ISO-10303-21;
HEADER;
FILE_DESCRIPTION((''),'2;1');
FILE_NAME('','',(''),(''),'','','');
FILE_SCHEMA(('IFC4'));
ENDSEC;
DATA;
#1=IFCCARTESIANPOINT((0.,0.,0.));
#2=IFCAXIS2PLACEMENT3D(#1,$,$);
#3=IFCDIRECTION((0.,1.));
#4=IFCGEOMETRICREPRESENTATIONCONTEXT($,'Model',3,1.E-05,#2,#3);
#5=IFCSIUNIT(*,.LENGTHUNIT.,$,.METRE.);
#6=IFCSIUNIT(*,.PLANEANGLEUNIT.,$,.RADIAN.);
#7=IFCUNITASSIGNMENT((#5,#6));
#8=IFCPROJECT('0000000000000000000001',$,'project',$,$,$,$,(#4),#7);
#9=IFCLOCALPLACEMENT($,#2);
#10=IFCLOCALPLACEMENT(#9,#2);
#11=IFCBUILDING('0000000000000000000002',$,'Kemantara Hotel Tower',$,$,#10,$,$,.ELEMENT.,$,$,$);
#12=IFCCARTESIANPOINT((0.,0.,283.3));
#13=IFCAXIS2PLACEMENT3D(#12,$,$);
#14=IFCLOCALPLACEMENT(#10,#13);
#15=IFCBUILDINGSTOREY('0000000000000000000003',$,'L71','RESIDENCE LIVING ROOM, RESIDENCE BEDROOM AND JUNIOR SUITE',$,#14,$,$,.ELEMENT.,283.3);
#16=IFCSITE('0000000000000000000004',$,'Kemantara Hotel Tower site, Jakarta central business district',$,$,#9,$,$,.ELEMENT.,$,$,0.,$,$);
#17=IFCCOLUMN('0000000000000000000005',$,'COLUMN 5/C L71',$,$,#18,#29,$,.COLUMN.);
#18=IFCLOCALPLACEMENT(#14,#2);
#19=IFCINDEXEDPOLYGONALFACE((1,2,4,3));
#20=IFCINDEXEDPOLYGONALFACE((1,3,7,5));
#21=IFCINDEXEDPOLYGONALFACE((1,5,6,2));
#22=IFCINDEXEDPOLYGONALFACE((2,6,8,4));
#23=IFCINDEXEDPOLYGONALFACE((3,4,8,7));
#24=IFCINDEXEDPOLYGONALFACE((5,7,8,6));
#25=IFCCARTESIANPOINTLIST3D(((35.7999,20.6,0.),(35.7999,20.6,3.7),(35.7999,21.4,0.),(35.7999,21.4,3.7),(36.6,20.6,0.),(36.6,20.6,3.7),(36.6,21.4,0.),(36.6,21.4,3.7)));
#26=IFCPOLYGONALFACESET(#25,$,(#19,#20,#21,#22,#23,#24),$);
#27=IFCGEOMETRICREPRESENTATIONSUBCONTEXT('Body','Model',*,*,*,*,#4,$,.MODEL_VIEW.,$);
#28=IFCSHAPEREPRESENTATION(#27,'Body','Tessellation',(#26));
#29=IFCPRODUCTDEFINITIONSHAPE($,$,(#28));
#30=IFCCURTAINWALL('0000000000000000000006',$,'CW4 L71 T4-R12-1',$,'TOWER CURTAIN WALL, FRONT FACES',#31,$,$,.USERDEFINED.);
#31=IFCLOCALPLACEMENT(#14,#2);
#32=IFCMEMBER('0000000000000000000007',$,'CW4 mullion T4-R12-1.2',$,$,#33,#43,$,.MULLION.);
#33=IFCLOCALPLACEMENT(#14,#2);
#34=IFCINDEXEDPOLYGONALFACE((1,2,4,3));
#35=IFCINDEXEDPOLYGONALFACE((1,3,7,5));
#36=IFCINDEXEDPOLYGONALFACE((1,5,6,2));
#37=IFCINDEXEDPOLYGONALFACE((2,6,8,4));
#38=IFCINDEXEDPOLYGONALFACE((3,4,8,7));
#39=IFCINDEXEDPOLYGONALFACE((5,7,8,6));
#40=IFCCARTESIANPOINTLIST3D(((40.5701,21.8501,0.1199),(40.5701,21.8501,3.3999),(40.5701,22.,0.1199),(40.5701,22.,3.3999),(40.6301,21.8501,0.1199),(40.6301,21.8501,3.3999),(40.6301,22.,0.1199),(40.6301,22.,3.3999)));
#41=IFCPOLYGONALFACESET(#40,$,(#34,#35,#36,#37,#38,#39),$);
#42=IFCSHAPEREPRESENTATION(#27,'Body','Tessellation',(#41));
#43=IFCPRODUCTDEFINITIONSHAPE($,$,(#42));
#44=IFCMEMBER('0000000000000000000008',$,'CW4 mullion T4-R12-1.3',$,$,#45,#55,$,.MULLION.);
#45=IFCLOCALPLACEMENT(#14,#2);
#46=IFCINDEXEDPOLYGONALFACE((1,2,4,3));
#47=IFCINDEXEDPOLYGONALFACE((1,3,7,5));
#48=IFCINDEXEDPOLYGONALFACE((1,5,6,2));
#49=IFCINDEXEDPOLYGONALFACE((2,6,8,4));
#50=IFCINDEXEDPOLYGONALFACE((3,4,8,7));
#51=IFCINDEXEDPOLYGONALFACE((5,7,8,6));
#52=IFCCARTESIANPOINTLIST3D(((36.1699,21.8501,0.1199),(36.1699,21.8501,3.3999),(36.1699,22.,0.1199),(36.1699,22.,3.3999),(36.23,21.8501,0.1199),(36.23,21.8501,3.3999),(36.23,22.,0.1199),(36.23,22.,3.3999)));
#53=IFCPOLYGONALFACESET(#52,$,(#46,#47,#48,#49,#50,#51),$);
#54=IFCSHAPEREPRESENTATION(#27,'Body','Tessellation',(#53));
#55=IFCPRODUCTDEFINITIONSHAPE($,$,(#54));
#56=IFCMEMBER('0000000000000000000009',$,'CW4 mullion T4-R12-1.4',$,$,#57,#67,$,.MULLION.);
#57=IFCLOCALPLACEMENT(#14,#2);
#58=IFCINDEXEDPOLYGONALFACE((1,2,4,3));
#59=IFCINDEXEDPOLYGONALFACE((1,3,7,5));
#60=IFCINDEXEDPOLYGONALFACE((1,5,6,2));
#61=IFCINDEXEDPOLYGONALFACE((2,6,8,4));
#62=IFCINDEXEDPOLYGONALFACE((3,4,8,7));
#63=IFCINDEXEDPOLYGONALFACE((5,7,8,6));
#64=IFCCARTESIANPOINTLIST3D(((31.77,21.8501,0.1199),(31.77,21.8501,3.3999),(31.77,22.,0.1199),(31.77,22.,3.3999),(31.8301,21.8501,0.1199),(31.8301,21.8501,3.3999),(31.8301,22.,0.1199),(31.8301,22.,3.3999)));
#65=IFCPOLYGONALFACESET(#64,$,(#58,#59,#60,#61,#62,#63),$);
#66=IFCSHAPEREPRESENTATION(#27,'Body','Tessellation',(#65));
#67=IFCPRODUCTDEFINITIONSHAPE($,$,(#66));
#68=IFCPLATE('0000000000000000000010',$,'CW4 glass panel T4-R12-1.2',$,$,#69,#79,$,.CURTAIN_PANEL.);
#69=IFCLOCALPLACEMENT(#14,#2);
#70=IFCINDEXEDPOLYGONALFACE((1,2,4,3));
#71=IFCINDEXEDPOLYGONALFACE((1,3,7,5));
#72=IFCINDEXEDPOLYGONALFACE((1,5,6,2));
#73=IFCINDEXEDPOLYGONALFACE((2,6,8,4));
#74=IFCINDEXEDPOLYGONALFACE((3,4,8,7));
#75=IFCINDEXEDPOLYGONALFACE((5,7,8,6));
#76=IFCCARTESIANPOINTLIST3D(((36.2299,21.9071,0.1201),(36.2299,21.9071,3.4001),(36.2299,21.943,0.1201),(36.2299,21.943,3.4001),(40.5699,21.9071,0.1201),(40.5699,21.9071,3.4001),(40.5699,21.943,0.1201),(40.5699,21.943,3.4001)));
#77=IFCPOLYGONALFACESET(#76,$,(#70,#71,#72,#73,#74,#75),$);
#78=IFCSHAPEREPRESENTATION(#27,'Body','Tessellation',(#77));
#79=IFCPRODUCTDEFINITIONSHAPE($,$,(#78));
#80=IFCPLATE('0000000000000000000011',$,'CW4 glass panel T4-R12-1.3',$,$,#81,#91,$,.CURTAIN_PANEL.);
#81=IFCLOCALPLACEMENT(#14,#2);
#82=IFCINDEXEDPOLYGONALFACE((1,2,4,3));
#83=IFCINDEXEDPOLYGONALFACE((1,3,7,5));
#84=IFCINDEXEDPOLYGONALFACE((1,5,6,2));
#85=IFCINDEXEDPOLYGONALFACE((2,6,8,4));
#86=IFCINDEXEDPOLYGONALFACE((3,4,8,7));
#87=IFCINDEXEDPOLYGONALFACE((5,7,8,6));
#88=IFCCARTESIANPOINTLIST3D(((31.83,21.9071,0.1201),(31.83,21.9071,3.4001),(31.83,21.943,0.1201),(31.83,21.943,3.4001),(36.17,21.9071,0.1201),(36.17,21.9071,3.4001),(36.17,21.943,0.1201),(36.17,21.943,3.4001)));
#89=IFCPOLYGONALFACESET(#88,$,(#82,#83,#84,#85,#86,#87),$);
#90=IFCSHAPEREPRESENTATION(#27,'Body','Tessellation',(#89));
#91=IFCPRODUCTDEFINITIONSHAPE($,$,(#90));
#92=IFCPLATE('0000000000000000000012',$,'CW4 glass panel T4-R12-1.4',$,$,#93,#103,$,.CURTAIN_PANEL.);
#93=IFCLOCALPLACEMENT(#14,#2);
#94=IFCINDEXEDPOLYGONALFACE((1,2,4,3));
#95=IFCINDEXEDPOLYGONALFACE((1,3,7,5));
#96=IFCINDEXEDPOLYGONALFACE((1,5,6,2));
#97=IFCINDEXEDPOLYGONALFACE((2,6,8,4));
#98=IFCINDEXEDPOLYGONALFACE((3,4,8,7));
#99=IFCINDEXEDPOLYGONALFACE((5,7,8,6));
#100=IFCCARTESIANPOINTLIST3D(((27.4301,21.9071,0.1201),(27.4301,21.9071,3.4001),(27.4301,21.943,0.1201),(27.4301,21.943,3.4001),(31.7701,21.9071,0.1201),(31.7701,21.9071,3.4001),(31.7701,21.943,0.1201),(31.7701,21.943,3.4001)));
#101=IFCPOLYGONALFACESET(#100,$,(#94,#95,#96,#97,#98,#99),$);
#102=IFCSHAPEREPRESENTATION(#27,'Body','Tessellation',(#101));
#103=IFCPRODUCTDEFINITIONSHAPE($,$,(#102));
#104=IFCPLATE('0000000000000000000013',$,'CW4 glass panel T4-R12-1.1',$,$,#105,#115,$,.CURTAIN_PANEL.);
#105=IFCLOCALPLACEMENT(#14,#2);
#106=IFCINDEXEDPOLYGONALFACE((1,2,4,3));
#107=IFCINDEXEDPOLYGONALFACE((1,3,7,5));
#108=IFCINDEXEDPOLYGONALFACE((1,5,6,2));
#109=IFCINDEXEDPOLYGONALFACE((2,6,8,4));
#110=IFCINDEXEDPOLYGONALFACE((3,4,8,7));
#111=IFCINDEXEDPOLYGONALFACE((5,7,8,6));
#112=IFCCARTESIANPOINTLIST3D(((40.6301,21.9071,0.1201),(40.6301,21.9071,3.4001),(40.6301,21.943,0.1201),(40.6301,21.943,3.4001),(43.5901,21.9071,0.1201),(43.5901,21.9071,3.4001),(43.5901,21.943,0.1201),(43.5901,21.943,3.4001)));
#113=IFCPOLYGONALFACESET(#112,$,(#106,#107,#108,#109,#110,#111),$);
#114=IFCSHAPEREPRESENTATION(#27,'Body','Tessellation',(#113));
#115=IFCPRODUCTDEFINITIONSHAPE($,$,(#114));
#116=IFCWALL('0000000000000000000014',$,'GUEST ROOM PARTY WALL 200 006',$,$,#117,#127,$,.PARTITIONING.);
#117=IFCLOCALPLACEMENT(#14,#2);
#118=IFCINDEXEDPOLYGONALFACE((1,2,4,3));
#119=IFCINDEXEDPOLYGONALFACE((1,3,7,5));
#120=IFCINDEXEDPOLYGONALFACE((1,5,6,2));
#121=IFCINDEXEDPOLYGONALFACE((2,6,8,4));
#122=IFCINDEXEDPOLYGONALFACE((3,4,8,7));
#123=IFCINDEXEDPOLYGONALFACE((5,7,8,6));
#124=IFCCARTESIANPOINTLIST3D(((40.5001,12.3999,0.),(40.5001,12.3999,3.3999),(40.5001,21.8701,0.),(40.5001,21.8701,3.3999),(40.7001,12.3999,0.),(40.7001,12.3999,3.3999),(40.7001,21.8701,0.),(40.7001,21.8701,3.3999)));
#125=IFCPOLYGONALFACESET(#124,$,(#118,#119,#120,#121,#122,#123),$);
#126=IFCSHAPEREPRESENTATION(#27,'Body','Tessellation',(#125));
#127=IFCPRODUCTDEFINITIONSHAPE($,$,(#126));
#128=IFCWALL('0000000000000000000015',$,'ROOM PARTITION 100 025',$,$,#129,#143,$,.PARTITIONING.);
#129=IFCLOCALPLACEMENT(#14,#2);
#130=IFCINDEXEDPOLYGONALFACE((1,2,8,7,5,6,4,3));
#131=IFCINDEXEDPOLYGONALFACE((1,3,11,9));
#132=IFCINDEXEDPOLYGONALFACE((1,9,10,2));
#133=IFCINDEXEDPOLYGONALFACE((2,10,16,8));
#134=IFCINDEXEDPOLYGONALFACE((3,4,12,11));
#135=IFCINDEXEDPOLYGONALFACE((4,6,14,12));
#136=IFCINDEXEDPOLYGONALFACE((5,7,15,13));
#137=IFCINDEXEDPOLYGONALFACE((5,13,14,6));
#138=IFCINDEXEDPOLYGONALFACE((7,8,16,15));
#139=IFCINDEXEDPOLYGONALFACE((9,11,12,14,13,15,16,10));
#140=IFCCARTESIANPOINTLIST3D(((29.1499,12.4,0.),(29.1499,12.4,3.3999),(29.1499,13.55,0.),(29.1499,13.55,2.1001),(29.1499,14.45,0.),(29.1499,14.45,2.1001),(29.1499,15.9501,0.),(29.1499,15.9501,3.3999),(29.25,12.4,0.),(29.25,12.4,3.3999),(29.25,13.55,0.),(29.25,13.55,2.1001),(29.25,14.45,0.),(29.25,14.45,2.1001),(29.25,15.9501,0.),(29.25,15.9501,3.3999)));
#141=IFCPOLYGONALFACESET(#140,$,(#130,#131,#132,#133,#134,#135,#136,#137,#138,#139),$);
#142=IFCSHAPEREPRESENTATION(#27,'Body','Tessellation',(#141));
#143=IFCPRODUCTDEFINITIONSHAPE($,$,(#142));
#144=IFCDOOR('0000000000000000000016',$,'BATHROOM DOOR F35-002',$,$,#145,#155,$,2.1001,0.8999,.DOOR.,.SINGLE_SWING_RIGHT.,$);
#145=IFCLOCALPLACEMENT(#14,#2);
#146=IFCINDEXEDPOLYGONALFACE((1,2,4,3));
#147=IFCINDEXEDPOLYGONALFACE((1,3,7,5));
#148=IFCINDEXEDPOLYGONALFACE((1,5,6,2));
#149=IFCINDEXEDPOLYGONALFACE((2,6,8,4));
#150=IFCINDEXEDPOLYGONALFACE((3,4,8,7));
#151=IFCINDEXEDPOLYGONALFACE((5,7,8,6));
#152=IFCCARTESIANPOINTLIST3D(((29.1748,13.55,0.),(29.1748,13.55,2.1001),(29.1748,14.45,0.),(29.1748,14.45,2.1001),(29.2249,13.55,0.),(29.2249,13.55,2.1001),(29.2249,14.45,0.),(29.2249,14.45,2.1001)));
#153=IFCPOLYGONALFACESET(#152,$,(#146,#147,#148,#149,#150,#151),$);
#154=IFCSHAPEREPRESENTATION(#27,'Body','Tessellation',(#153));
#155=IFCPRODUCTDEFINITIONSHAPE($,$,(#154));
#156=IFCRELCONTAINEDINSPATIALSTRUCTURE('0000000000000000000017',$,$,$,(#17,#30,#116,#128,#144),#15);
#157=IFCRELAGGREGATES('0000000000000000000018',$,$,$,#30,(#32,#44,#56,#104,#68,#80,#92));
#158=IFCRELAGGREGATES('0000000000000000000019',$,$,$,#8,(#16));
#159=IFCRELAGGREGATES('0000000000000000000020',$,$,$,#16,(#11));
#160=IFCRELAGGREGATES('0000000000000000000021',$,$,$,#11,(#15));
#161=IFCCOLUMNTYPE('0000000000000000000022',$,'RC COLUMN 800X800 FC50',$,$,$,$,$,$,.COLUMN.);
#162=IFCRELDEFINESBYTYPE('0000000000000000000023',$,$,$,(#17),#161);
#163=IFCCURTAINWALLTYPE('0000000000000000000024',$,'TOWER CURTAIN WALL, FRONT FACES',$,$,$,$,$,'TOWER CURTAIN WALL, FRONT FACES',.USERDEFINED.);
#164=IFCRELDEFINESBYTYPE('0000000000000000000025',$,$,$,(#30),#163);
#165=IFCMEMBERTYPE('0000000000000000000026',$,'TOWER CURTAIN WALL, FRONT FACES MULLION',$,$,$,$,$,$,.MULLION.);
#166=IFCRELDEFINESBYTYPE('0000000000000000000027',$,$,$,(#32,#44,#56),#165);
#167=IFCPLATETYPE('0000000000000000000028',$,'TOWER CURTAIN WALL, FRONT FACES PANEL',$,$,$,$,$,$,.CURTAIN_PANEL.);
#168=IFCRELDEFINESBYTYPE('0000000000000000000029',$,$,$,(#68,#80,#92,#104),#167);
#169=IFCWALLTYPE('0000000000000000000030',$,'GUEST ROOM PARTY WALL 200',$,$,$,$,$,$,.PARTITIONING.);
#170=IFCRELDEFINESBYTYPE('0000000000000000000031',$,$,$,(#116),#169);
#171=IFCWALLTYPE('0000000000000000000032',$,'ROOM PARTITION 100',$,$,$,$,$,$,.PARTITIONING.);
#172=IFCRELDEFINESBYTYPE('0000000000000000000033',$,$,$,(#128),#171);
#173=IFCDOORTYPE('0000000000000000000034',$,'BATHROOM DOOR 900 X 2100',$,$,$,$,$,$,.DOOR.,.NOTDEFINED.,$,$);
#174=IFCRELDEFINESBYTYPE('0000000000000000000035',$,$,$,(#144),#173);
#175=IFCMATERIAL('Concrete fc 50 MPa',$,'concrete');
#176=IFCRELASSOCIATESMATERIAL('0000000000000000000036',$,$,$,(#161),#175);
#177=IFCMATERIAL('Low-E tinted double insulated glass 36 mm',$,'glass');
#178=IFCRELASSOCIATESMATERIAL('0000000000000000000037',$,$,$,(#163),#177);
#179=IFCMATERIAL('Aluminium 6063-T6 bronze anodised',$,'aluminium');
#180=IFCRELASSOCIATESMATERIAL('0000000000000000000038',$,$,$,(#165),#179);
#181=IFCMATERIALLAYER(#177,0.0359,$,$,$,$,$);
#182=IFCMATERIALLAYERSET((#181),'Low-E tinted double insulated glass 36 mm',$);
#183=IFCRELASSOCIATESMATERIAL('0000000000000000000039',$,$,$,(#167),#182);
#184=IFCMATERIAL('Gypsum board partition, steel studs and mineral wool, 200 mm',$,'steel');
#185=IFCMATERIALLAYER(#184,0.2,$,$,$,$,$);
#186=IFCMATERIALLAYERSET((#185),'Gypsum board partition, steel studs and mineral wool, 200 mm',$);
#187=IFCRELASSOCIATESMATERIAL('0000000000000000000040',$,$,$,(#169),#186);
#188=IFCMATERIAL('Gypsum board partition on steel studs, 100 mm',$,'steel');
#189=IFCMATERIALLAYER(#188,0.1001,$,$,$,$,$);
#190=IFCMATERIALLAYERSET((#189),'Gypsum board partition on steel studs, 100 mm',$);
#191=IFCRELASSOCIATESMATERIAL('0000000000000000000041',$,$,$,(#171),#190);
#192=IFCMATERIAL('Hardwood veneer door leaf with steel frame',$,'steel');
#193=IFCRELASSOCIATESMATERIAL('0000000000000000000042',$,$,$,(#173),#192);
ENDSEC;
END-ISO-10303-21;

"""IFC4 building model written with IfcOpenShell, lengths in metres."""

from ifc_helpers import new_model, si_unit, direction, frame, frame_2d, origin, origin_2d, place, context, subcontext, project, spatial, rectangle, extrude, source, transform, mapped, material, layer, layer_set, material_profile, profile_set, type_object, element, fill, aggregate, save


model = new_model("IFC4")

# Units and contexts
model_context = context("Model", 3, precision=1e-05, world=origin(), true_north=direction((0.0, 1.0)))
body_context = subcontext(model_context, "Body", "Model", "MODEL_VIEW")
ifc_project = project(units=[si_unit("LENGTHUNIT", "METRE"), si_unit("PLANEANGLEUNIT", "RADIAN")], contexts=[model_context])

# Site, building, storey
site_placement = place(None, origin())
site = spatial("IfcSite", under=ifc_project, at=site_placement, Name="Kemantara Hotel Tower site, Jakarta central business district", CompositionType="ELEMENT", RefElevation=0.0)
building_placement = place(site_placement, origin())
building = spatial("IfcBuilding", under=site, at=building_placement, Name="Kemantara Hotel Tower", CompositionType="ELEMENT")
storey_placement = place(building_placement, frame((0.0, 0.0, 283.3)))
storey = spatial("IfcBuildingStorey", under=building, at=storey_placement, Name="L71", Description="RESIDENCE LIVING ROOM, RESIDENCE BEDROOM AND JUNIOR SUITE", CompositionType="ELEMENT", Elevation=283.3)

# Column
ifc_material_1 = material(Name="Concrete fc 50 MPa", Category="concrete")
ifc_material_profile_1 = material_profile(ifc_material_1, rectangle(XDim=0.8, YDim=0.8, at=origin_2d()), Name="RC 800X800")
ifc_profile_set_1 = profile_set([ifc_material_profile_1], Name="Concrete fc 50 MPa")
column_type = type_object("IfcColumnType", Name="RC COLUMN 800X800 FC50", PredefinedType="COLUMN", material=ifc_profile_set_1)
column_placement = place(storey_placement, frame((36.2, 21.0, 0.0), z_axis=(0.0, 0.0, 1.0), x_axis=(1.0, 0.0, 0.0)))
element("IfcColumn", 1, at=column_placement, inside=storey, type_object=column_type, Name="COLUMN 5/C L71", PredefinedType="COLUMN", context=body_context, shape_type="SweptSolid", body=[
    extrude(rectangle(XDim=0.8, YDim=0.8, at=origin_2d()), origin(), (0.0, 0.0, 1.0), 3.7),
])

# Curtain wall, members, plates
ifc_material_2 = material(Name="Low-E tinted double insulated glass 36 mm", Category="glass")
curtain_wall_type = type_object("IfcCurtainWallType", Name="TOWER CURTAIN WALL, FRONT FACES", ElementType="TOWER CURTAIN WALL, FRONT FACES", PredefinedType="USERDEFINED", material=ifc_material_2)
curtain_wall_placement = place(storey_placement, origin())
curtain_wall = element("IfcCurtainWall", 2, at=curtain_wall_placement, inside=storey, type_object=curtain_wall_type, Name="CW4 L71 T4-R12-1", ObjectType="TOWER CURTAIN WALL, FRONT FACES", PredefinedType="USERDEFINED")
ifc_material_3 = material(Name="Aluminium 6063-T6 bronze anodised", Category="aluminium")
ifc_material_profile_2 = material_profile(ifc_material_3, rectangle(XDim=0.1499, YDim=0.0601, at=origin_2d()), Name="TOWER CURTAIN WALL, FRONT FACES MULLION")
ifc_profile_set_2 = profile_set([ifc_material_profile_2], Name="Aluminium 6063-T6 bronze anodised")
member_type = type_object("IfcMemberType", Name="TOWER CURTAIN WALL, FRONT FACES MULLION", PredefinedType="MULLION", material=ifc_profile_set_2)
shared_shape_1 = source(origin(), body_context, "Body", "SweptSolid", [
    extrude(rectangle(XDim=0.1499, YDim=0.0601, at=origin_2d()), origin(), (0.0, 0.0, 1.0), 3.28),
])
member_1_placement = place(storey_placement, frame((40.6001, 21.925, 0.1199), z_axis=(0.0, 0.0, 1.0), x_axis=(0.0, -1.0, 0.0)))
member_1 = element("IfcMember", 3, at=member_1_placement, type_object=member_type, Name="CW4 mullion T4-R12-1.2", PredefinedType="MULLION", context=body_context, shape_type="MappedRepresentation", body=[
    mapped(shared_shape_1, transform((0.0, 0.0, 0.0))),
])
member_2_placement = place(storey_placement, frame((36.2, 21.925, 0.1199), z_axis=(0.0, 0.0, 1.0), x_axis=(0.0, -1.0, 0.0)))
member_2 = element("IfcMember", 4, at=member_2_placement, type_object=member_type, Name="CW4 mullion T4-R12-1.3", PredefinedType="MULLION", context=body_context, shape_type="MappedRepresentation", body=[
    mapped(shared_shape_1, transform((0.0, 0.0, 0.0))),
])
member_3_placement = place(storey_placement, frame((31.8, 21.925, 0.1199), z_axis=(0.0, 0.0, 1.0), x_axis=(0.0, -1.0, 0.0)))
member_3 = element("IfcMember", 5, at=member_3_placement, type_object=member_type, Name="CW4 mullion T4-R12-1.4", PredefinedType="MULLION", context=body_context, shape_type="MappedRepresentation", body=[
    mapped(shared_shape_1, transform((0.0, 0.0, 0.0))),
])
ifc_layer_1 = layer(ifc_material_2, 0.0359)
ifc_layer_set_1 = layer_set([ifc_layer_1], Name="Low-E tinted double insulated glass 36 mm")
plate_type = type_object("IfcPlateType", Name="TOWER CURTAIN WALL, FRONT FACES PANEL", PredefinedType="CURTAIN_PANEL", material=ifc_layer_set_1)
shared_shape_2 = source(origin(), body_context, "Body", "SweptSolid", [
    extrude(rectangle(XDim=4.3401, YDim=0.0359, at=origin_2d()), origin(), (0.0, 0.0, 1.0), 3.28),
])
plate_1_placement = place(storey_placement, frame((38.3999, 21.925, 0.1201), z_axis=(0.0, 0.0, 1.0), x_axis=(-1.0, 0.0, 0.0)))
plate_1 = element("IfcPlate", 6, at=plate_1_placement, type_object=plate_type, Name="CW4 glass panel T4-R12-1.2", PredefinedType="CURTAIN_PANEL", context=body_context, shape_type="MappedRepresentation", body=[
    mapped(shared_shape_2, transform((0.0, 0.0, 0.0))),
])
plate_2_placement = place(storey_placement, frame((34.0, 21.925, 0.1201), z_axis=(0.0, 0.0, 1.0), x_axis=(-1.0, 0.0, 0.0)))
plate_2 = element("IfcPlate", 7, at=plate_2_placement, type_object=plate_type, Name="CW4 glass panel T4-R12-1.3", PredefinedType="CURTAIN_PANEL", context=body_context, shape_type="MappedRepresentation", body=[
    mapped(shared_shape_2, transform((0.0, 0.0, 0.0))),
])
plate_3_placement = place(storey_placement, frame((29.6001, 21.925, 0.1201), z_axis=(0.0, 0.0, 1.0), x_axis=(-1.0, 0.0, 0.0)))
plate_3 = element("IfcPlate", 8, at=plate_3_placement, type_object=plate_type, Name="CW4 glass panel T4-R12-1.4", PredefinedType="CURTAIN_PANEL", context=body_context, shape_type="MappedRepresentation", body=[
    mapped(shared_shape_2, transform((0.0, 0.0, 0.0))),
])
shared_shape_3 = source(origin(), body_context, "Body", "SweptSolid", [
    extrude(rectangle(XDim=2.96, YDim=0.0359, at=origin_2d()), origin(), (0.0, 0.0, 1.0), 3.28),
])
plate_4_placement = place(storey_placement, frame((42.1101, 21.925, 0.1201), z_axis=(0.0, 0.0, 1.0), x_axis=(-1.0, 0.0, 0.0)))
plate_4 = element("IfcPlate", 9, at=plate_4_placement, type_object=plate_type, Name="CW4 glass panel T4-R12-1.1", PredefinedType="CURTAIN_PANEL", context=body_context, shape_type="MappedRepresentation", body=[
    mapped(shared_shape_3, transform((0.0, 0.0, 0.0))),
])
aggregate(curtain_wall, [member_1, member_2, member_3, plate_4, plate_1, plate_2, plate_3])

# Wall
ifc_material_4 = material(Name="Gypsum board partition, steel studs and mineral wool, 200 mm", Category="steel")
ifc_layer_2 = layer(ifc_material_4, 0.2)
ifc_layer_set_2 = layer_set([ifc_layer_2], Name="Gypsum board partition, steel studs and mineral wool, 200 mm")
wall_type_1 = type_object("IfcWallType", Name="GUEST ROOM PARTY WALL 200", PredefinedType="PARTITIONING", material=ifc_layer_set_2)
wall_1_placement = place(storey_placement, frame((40.6001, 12.3999, 0.0), z_axis=(0.0, 0.0, 1.0), x_axis=(0.0, 1.0, 0.0)))
element("IfcWall", 10, at=wall_1_placement, inside=storey, type_object=wall_type_1, Name="GUEST ROOM PARTY WALL 200 006", PredefinedType="PARTITIONING", context=body_context, shape_type="SweptSolid", body=[
    extrude(rectangle(XDim=9.4702, YDim=0.2, at=frame_2d((4.7351, 0.0))), origin(), (0.0, 0.0, 1.0), 3.3999),
])

# Wall, opening, door
ifc_material_5 = material(Name="Gypsum board partition on steel studs, 100 mm", Category="steel")
ifc_layer_3 = layer(ifc_material_5, 0.1001)
ifc_layer_set_3 = layer_set([ifc_layer_3], Name="Gypsum board partition on steel studs, 100 mm")
wall_type_2 = type_object("IfcWallType", Name="ROOM PARTITION 100", PredefinedType="PARTITIONING", material=ifc_layer_set_3)
wall_2_placement = place(storey_placement, frame((29.2, 15.95, 0.0), z_axis=(0.0, 0.0, 1.0), x_axis=(0.0, -1.0, 0.0)))
wall_2 = element("IfcWall", 11, at=wall_2_placement, inside=storey, type_object=wall_type_2, Name="ROOM PARTITION 100 025", PredefinedType="PARTITIONING", context=body_context, shape_type="SweptSolid", body=[
    extrude(rectangle(XDim=3.55, YDim=0.1001, at=frame_2d((1.7749, 0.0))), origin(), (0.0, 0.0, 1.0), 3.3999),
])
opening_1_placement = place(wall_2_placement, frame((1.5, 0.0, 0.0)))
opening_1 = element("IfcOpeningElement", 12, at=opening_1_placement, cuts=wall_2, PredefinedType="OPENING", context=body_context, shape_type="SweptSolid", body=[
    extrude(rectangle(XDim=0.8999, YDim=2.1001, at=frame_2d((0.45, 1.05))), frame((0.0, 0.0601, 0.0), z_axis=(0.0, -1.0, 0.0), x_axis=(1.0, 0.0, 0.0)), (0.0, 0.0, 1.0), 0.1201),
])
ifc_material_6 = material(Name="Hardwood veneer door leaf with steel frame", Category="steel")
door_type_1 = type_object("IfcDoorType", Name="BATHROOM DOOR 900 X 2100", OperationType="NOTDEFINED", PredefinedType="DOOR", material=ifc_material_6)
door_1_placement = place(opening_1_placement, origin())
door_1 = element("IfcDoor", 13, at=door_1_placement, inside=storey, type_object=door_type_1, Name="BATHROOM DOOR F35-002", OperationType="SINGLE_SWING_RIGHT", OverallHeight=2.1001, OverallWidth=0.8999, PredefinedType="DOOR", context=body_context, shape_type="SweptSolid", body=[
    extrude(rectangle(XDim=0.8999, YDim=2.1001, at=frame_2d((0.45, 1.05))), frame((0.0, 0.0249, 0.0), z_axis=(0.0, -1.0, 0.0), x_axis=(1.0, 0.0, 0.0)), (0.0, 0.0, 1.0), 0.05),
])
fill(opening_1, door_1)

save(model, "model.ifc")
